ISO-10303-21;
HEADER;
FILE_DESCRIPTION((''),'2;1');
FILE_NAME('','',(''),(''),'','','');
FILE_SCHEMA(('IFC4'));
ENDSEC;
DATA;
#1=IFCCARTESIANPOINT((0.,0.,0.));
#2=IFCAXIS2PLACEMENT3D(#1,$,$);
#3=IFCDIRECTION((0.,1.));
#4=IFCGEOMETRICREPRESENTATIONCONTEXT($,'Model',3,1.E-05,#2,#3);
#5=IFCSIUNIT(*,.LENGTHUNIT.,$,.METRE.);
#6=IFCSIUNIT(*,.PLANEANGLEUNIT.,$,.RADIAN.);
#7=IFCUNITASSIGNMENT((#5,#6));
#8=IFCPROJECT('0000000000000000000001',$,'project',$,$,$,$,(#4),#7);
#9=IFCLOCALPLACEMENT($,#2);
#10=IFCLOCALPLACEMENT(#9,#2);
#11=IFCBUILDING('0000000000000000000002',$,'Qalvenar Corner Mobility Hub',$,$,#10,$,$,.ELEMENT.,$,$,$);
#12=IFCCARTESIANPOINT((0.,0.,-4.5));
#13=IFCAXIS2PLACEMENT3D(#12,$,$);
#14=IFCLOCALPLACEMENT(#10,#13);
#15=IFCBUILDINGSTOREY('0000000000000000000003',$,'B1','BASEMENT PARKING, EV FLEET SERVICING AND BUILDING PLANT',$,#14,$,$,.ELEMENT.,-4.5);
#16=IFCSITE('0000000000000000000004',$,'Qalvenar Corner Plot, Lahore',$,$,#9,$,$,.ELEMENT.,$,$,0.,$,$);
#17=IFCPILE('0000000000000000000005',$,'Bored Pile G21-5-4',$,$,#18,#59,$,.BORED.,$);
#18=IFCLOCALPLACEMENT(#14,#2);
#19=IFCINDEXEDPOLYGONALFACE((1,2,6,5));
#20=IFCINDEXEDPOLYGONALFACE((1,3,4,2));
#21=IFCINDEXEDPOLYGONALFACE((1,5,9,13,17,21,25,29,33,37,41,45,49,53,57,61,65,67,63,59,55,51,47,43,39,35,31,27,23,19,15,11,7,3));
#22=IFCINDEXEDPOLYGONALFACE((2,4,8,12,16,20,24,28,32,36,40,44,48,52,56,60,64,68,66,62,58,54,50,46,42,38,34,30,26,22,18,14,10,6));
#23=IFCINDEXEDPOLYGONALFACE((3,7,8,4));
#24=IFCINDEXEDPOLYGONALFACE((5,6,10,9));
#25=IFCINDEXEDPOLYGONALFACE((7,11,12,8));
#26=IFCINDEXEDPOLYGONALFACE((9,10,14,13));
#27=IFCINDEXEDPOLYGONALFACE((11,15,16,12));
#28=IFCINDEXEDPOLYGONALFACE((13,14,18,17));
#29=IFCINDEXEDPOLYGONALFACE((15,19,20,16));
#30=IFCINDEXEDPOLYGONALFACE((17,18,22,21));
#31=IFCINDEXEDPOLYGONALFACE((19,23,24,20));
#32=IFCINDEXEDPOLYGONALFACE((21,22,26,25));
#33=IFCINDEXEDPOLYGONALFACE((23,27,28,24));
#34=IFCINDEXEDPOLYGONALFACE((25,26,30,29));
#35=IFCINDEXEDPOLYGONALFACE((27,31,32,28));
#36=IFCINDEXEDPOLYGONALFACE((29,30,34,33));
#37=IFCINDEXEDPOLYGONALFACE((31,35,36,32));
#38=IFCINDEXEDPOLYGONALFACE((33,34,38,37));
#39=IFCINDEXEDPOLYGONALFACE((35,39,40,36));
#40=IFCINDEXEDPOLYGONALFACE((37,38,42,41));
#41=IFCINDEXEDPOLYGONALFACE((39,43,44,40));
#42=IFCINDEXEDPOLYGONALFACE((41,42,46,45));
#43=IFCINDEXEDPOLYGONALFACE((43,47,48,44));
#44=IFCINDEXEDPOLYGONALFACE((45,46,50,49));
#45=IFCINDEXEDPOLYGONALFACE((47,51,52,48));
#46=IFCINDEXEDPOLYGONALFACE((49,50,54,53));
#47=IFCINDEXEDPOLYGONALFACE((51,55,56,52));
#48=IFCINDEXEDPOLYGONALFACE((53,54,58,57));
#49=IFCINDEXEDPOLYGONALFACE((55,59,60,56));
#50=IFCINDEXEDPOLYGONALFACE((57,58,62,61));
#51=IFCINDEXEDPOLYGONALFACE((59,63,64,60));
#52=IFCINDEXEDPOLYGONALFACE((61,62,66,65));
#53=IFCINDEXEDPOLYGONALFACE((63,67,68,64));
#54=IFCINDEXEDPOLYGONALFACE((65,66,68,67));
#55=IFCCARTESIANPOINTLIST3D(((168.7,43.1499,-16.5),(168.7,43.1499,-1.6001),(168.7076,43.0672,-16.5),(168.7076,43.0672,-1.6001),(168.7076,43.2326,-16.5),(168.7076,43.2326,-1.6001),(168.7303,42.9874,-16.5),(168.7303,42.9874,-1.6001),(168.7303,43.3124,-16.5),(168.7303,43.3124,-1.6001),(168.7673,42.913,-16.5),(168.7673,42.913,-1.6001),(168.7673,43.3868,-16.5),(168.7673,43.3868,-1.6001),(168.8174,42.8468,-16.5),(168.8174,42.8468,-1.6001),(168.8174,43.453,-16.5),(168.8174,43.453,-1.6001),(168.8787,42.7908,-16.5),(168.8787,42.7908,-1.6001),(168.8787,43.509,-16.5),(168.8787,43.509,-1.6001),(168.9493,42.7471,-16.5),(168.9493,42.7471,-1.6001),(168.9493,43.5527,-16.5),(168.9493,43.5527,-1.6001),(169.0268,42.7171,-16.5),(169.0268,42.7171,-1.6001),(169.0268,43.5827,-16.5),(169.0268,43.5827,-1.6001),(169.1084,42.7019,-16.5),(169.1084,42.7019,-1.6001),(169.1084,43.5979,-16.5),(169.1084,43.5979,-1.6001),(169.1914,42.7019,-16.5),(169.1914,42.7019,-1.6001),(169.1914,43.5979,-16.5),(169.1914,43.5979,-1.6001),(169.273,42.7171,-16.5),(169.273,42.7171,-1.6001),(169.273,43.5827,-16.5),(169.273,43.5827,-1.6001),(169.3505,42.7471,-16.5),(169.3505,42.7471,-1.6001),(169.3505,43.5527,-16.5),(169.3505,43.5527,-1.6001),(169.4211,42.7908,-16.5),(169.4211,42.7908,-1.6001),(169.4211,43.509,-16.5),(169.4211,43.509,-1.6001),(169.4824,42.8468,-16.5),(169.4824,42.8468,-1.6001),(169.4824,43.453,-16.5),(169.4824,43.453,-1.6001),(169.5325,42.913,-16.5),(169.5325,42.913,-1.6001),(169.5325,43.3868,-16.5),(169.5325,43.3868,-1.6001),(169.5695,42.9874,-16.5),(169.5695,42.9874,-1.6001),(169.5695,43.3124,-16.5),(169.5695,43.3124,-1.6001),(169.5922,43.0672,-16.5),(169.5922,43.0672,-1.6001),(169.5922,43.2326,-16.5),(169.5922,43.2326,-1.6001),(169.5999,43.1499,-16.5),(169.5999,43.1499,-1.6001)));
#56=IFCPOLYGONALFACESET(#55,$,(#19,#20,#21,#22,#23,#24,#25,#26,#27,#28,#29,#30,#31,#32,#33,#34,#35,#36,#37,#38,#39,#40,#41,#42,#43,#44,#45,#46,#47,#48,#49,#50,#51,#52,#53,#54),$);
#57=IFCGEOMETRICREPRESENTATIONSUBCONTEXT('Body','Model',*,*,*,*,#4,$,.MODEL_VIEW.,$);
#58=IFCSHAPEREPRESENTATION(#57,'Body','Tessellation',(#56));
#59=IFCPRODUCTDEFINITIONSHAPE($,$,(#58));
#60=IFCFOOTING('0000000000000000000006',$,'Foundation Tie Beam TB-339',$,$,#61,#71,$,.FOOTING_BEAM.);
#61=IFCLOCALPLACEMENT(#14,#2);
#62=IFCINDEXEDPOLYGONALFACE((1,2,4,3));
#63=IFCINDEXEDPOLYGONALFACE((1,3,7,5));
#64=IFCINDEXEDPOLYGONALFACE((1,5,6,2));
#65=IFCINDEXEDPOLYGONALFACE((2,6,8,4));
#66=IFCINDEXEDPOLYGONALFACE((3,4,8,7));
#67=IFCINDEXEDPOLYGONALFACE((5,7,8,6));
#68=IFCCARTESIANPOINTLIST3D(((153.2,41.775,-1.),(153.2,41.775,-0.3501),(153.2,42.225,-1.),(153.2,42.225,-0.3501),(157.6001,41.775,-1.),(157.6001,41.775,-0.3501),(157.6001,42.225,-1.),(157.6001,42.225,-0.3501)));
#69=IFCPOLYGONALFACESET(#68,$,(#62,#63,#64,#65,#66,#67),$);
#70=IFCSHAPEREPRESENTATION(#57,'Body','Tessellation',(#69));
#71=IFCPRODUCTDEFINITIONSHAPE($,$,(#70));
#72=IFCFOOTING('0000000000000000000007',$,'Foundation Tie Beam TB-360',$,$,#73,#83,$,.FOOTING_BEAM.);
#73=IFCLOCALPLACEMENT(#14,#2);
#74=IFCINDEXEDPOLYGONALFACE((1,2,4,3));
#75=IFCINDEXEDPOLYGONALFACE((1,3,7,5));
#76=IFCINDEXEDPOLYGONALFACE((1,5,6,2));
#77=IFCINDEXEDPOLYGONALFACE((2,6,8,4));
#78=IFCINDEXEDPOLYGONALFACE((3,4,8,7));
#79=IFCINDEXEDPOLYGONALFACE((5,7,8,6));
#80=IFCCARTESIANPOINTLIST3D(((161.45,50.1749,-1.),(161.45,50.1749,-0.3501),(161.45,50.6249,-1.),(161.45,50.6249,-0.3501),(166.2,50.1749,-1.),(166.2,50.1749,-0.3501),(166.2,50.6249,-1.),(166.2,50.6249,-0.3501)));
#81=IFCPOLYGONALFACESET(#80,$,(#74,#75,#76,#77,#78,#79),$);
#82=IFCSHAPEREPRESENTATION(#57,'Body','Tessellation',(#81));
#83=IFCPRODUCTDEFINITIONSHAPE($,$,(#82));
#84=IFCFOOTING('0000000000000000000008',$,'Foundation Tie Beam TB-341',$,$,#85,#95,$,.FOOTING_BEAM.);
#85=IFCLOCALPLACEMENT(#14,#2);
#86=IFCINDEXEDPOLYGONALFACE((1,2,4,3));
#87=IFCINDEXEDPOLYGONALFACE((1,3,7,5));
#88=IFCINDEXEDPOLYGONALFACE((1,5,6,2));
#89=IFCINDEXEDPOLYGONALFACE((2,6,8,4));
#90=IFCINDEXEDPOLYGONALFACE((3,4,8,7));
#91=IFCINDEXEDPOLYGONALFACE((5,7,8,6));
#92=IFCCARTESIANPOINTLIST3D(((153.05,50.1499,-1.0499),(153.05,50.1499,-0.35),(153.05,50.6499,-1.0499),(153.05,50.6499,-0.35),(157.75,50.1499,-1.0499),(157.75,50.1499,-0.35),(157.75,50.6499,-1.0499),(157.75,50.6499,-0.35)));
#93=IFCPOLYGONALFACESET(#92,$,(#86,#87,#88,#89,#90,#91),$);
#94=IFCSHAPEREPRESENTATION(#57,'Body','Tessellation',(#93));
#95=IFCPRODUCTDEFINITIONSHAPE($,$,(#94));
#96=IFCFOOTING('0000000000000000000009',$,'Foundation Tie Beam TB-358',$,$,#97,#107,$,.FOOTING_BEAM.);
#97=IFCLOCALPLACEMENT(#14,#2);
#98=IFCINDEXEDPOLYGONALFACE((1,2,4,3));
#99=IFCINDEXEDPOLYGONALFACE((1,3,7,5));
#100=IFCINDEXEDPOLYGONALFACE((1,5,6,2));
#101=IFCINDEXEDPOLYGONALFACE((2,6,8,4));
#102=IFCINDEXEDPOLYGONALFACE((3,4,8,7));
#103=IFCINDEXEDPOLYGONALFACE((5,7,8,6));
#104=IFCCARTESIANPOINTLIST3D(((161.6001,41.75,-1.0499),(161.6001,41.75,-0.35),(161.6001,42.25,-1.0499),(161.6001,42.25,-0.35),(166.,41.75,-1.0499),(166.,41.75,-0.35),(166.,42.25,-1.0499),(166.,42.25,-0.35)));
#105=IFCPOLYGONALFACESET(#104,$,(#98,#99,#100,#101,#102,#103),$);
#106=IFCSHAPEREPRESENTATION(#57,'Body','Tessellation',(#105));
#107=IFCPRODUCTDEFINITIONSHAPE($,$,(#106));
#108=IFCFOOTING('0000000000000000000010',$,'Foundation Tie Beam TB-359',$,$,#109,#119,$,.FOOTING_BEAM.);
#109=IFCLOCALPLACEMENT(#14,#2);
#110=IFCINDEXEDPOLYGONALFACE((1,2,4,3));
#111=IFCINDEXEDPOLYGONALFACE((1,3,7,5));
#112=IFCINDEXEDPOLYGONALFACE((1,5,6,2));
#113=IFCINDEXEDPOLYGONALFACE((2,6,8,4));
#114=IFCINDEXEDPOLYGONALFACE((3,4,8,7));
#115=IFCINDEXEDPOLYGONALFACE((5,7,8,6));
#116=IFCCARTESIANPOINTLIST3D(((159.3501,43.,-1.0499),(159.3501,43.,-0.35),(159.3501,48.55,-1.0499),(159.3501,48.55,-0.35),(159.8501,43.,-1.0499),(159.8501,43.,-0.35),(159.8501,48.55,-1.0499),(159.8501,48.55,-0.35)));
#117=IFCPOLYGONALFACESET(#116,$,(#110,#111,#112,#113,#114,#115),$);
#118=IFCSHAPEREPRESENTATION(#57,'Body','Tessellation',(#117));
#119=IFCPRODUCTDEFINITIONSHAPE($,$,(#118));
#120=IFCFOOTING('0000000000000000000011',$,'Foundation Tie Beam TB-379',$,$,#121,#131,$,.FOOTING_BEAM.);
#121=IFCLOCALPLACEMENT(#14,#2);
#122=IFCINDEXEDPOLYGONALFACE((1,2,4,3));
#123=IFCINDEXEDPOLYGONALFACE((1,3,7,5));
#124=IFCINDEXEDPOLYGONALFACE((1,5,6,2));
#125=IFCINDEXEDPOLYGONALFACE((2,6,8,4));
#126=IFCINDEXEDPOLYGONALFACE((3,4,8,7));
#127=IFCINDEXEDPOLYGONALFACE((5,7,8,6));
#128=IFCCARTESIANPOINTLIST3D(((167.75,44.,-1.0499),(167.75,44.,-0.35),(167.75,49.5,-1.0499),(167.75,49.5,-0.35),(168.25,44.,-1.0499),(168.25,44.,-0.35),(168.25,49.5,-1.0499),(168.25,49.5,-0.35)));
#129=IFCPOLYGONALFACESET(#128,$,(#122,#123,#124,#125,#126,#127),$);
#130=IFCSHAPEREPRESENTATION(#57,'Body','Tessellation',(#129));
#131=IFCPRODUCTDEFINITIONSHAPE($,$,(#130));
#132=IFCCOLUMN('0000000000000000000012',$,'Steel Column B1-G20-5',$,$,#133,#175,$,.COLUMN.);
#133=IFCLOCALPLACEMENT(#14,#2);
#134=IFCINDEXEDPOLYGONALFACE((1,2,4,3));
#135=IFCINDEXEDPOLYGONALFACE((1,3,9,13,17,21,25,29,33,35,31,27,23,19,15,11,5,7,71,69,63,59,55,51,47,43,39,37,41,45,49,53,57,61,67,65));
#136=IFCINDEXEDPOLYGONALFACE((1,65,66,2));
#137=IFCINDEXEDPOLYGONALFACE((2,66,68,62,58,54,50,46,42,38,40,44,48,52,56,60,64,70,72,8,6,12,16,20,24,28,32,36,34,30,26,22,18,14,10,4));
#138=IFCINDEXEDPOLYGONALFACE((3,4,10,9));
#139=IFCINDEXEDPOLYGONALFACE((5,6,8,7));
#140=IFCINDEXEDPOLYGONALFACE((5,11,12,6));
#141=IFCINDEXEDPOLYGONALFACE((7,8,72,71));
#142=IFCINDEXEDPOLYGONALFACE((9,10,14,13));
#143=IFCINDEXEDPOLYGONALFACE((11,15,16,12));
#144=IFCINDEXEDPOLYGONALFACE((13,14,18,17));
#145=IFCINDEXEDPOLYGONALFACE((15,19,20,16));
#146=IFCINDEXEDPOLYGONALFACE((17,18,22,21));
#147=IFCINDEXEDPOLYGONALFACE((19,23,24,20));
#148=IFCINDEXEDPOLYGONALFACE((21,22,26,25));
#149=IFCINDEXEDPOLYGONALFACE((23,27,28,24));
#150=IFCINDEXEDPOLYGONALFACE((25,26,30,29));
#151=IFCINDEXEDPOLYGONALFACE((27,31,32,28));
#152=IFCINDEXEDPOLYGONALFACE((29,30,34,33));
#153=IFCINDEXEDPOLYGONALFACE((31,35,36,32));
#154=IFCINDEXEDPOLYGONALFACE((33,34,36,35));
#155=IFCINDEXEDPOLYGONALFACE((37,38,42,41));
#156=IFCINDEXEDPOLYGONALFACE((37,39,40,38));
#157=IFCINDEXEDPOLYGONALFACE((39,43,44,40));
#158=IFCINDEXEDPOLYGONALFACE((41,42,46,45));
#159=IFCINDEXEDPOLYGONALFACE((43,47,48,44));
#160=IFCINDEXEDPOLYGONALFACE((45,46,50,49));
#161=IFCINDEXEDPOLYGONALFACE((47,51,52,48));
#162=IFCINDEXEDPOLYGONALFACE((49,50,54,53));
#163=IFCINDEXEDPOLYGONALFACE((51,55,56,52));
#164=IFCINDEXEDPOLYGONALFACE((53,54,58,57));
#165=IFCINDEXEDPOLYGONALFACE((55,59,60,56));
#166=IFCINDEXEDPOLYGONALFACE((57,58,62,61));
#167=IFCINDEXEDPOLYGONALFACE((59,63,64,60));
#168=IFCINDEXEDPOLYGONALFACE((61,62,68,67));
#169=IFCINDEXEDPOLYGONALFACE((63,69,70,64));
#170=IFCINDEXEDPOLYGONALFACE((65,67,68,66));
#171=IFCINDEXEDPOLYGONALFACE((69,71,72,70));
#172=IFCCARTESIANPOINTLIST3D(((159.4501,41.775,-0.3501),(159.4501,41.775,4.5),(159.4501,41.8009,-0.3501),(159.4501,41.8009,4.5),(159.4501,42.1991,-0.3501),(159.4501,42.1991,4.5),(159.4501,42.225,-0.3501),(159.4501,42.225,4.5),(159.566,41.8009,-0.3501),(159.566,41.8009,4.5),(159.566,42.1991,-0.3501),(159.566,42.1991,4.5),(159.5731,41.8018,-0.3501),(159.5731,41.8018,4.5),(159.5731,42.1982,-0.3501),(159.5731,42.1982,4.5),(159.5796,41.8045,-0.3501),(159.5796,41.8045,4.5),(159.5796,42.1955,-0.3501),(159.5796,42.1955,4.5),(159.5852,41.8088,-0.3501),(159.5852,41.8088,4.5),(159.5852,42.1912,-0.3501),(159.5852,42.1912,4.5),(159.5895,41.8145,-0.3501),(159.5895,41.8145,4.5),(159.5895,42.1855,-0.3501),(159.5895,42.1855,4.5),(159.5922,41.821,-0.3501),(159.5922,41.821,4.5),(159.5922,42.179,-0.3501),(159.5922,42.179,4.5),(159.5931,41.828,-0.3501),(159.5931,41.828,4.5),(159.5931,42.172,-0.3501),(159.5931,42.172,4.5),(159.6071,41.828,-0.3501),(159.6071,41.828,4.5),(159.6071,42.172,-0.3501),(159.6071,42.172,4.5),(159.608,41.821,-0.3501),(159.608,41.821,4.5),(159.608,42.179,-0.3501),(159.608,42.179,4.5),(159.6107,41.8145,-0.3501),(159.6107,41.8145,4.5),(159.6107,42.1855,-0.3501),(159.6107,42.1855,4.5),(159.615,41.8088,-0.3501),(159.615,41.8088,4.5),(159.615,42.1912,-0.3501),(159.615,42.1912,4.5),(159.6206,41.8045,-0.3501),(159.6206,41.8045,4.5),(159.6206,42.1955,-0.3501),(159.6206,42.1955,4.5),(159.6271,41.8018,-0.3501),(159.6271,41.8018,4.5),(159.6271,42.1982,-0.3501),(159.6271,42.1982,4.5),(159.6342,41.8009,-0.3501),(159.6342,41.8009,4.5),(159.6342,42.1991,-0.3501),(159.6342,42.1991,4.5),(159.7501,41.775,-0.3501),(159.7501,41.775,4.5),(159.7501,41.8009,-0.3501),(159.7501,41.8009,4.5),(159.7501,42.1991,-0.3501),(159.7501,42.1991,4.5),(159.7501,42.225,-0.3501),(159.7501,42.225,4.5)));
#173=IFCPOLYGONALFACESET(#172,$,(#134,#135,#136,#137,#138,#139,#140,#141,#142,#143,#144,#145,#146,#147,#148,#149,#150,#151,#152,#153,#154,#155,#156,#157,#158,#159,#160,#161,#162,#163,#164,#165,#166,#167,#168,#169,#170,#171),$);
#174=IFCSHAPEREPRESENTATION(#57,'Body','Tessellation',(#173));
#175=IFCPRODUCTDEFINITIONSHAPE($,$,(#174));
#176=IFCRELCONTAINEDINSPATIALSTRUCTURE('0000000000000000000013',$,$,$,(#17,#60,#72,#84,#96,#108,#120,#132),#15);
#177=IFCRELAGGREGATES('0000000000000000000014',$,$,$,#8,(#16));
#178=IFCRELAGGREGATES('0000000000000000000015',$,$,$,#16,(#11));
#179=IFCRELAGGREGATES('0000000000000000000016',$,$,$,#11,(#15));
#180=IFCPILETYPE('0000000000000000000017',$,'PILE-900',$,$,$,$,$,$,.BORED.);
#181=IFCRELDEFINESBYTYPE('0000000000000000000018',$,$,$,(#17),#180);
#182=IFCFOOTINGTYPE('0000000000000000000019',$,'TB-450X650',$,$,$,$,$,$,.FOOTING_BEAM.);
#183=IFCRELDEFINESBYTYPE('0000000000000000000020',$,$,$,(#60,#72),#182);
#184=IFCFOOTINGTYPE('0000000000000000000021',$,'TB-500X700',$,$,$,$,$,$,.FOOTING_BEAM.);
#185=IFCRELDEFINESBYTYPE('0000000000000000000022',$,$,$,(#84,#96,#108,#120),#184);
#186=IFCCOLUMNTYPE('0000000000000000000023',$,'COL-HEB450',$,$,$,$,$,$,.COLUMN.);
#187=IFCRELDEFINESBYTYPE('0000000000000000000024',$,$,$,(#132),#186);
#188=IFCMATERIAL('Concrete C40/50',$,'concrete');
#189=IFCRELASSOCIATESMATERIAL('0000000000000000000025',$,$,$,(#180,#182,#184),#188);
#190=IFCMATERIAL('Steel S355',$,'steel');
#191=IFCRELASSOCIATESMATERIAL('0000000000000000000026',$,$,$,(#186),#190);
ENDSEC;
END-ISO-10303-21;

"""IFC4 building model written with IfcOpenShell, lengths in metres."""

from ifc_helpers import new_model, si_unit, direction, frame, origin, origin_2d, place, context, subcontext, project, spatial, rectangle, circle, i_section, extrude, material, material_profile, profile_set, type_object, element, save


model = new_model("IFC4")

# Units and contexts
model_context = context("Model", 3, precision=1e-05, world=origin(), true_north=direction((0.0, 1.0)))
body_context = subcontext(model_context, "Body", "Model", "MODEL_VIEW")
ifc_project = project(units=[si_unit("LENGTHUNIT", "METRE"), si_unit("PLANEANGLEUNIT", "RADIAN")], contexts=[model_context])

# Site, building, storey
site_placement = place(None, origin())
site = spatial("IfcSite", under=ifc_project, at=site_placement, Name="Qalvenar Corner Plot, Lahore", CompositionType="ELEMENT", RefElevation=0.0)
building_placement = place(site_placement, origin())
building = spatial("IfcBuilding", under=site, at=building_placement, Name="Qalvenar Corner Mobility Hub", CompositionType="ELEMENT")
storey_placement = place(building_placement, frame((0.0, 0.0, -4.5)))
storey = spatial("IfcBuildingStorey", under=building, at=storey_placement, Name="B1", Description="BASEMENT PARKING, EV FLEET SERVICING AND BUILDING PLANT", CompositionType="ELEMENT", Elevation=-4.5)

# Shared definitions
ifc_material_1 = material(Name="Concrete C40/50", Category="concrete")

# Pile
ifc_material_profile_1 = material_profile(ifc_material_1, circle(Radius=0.45, at=origin_2d()), Name="DIA900")
ifc_profile_set_1 = profile_set([ifc_material_profile_1], Name="Concrete C40/50")
pile_type_1 = type_object("IfcPileType", Name="PILE-900", PredefinedType="BORED", material=ifc_profile_set_1)
for number, where, z_axis, x_axis, name in (
    (1, (169.1499, 43.1499, -1.6001), (0.0, 0.0, -1.0), (1.0, 0.0, 0.0), "Bored Pile G21-5-4"),
):
    element("IfcPile", number, at=place(storey_placement, frame(where, z_axis=z_axis, x_axis=x_axis)), inside=storey, type_object=pile_type_1, Name=name, PredefinedType="BORED", context=body_context, shape_type="SweptSolid", body=[
        extrude(circle(Radius=0.45, at=origin_2d()), origin(), (0.0, 0.0, 1.0), 14.8999),
    ])

# Footings
ifc_material_profile_2 = material_profile(ifc_material_1, rectangle(XDim=0.45, YDim=0.6499, at=origin_2d()), Name="RC450x650")
ifc_profile_set_2 = profile_set([ifc_material_profile_2], Name="Concrete C40/50")
footing_type_1 = type_object("IfcFootingType", Name="TB-450X650", PredefinedType="FOOTING_BEAM", material=ifc_profile_set_2)
footing_1_placement = place(storey_placement, frame((153.2, 42.0, -0.675), z_axis=(1.0, 0.0, 0.0), x_axis=(0.0, 1.0, 0.0)))
element("IfcFooting", 2, at=footing_1_placement, inside=storey, type_object=footing_type_1, Name="Foundation Tie Beam TB-339", PredefinedType="FOOTING_BEAM", context=body_context, shape_type="SweptSolid", body=[
    extrude(rectangle(XDim=0.45, YDim=0.6499, at=origin_2d()), origin(), (0.0, 0.0, 1.0), 4.4001),
])
footing_2_placement = place(storey_placement, frame((161.45, 50.3999, -0.675), z_axis=(1.0, 0.0, 0.0), x_axis=(0.0, 1.0, 0.0)))
element("IfcFooting", 3, at=footing_2_placement, inside=storey, type_object=footing_type_1, Name="Foundation Tie Beam TB-360", PredefinedType="FOOTING_BEAM", context=body_context, shape_type="SweptSolid", body=[
    extrude(rectangle(XDim=0.45, YDim=0.6499, at=origin_2d()), origin(), (0.0, 0.0, 1.0), 4.75),
])
ifc_material_profile_3 = material_profile(ifc_material_1, rectangle(XDim=0.5, YDim=0.7, at=origin_2d()), Name="RC500x700")
ifc_profile_set_3 = profile_set([ifc_material_profile_3], Name="Concrete C40/50")
footing_type_2 = type_object("IfcFootingType", Name="TB-500X700", PredefinedType="FOOTING_BEAM", material=ifc_profile_set_3)
footing_3_placement = place(storey_placement, frame((153.05, 50.3999, -0.7), z_axis=(1.0, 0.0, 0.0), x_axis=(0.0, 1.0, 0.0)))
element("IfcFooting", 4, at=footing_3_placement, inside=storey, type_object=footing_type_2, Name="Foundation Tie Beam TB-341", PredefinedType="FOOTING_BEAM", context=body_context, shape_type="SweptSolid", body=[
    extrude(rectangle(XDim=0.5, YDim=0.7, at=origin_2d()), origin(), (0.0, 0.0, 1.0), 4.7),
])
footing_4_placement = place(storey_placement, frame((161.6001, 42.0, -0.7), z_axis=(1.0, 0.0, 0.0), x_axis=(0.0, 1.0, 0.0)))
element("IfcFooting", 5, at=footing_4_placement, inside=storey, type_object=footing_type_2, Name="Foundation Tie Beam TB-358", PredefinedType="FOOTING_BEAM", context=body_context, shape_type="SweptSolid", body=[
    extrude(rectangle(XDim=0.5, YDim=0.7, at=origin_2d()), origin(), (0.0, 0.0, 1.0), 4.3999),
])
footing_5_placement = place(storey_placement, frame((159.6001, 43.0, -0.7), z_axis=(0.0, 1.0, 0.0), x_axis=(-1.0, 0.0, 0.0)))
element("IfcFooting", 6, at=footing_5_placement, inside=storey, type_object=footing_type_2, Name="Foundation Tie Beam TB-359", PredefinedType="FOOTING_BEAM", context=body_context, shape_type="SweptSolid", body=[
    extrude(rectangle(XDim=0.5, YDim=0.7, at=origin_2d()), origin(), (0.0, 0.0, 1.0), 5.55),
])
footing_6_placement = place(storey_placement, frame((168.0, 44.0, -0.7), z_axis=(0.0, 1.0, 0.0), x_axis=(-1.0, 0.0, 0.0)))
element("IfcFooting", 7, at=footing_6_placement, inside=storey, type_object=footing_type_2, Name="Foundation Tie Beam TB-379", PredefinedType="FOOTING_BEAM", context=body_context, shape_type="SweptSolid", body=[
    extrude(rectangle(XDim=0.5, YDim=0.7, at=origin_2d()), origin(), (0.0, 0.0, 1.0), 5.5),
])

# Column
ifc_material_2 = material(Name="Steel S355", Category="steel")
ifc_material_profile_4 = material_profile(ifc_material_2, i_section(OverallWidth=0.3, OverallDepth=0.45, WebThickness=0.0139, FlangeThickness=0.0259, FilletRadius=0.0271, at=origin_2d()), Name="HEB450")
ifc_profile_set_4 = profile_set([ifc_material_profile_4], Name="Steel S355")
column_type_1 = type_object("IfcColumnType", Name="COL-HEB450", PredefinedType="COLUMN", material=ifc_profile_set_4)
for number, where, z_axis, x_axis, name in (
    (8, (159.6001, 42.0, -0.3501), (0.0, 0.0, 1.0), (1.0, 0.0, 0.0), "Steel Column B1-G20-5"),
):
    element("IfcColumn", number, at=place(storey_placement, frame(where, z_axis=z_axis, x_axis=x_axis)), inside=storey, type_object=column_type_1, Name=name, PredefinedType="COLUMN", context=body_context, shape_type="SweptSolid", body=[
        extrude(i_section(OverallWidth=0.3, OverallDepth=0.45, WebThickness=0.0139, FlangeThickness=0.0259, FilletRadius=0.0271, at=origin_2d()), origin(), (0.0, 0.0, 1.0), 4.8501),
    ])

save(model, "model.ifc")
